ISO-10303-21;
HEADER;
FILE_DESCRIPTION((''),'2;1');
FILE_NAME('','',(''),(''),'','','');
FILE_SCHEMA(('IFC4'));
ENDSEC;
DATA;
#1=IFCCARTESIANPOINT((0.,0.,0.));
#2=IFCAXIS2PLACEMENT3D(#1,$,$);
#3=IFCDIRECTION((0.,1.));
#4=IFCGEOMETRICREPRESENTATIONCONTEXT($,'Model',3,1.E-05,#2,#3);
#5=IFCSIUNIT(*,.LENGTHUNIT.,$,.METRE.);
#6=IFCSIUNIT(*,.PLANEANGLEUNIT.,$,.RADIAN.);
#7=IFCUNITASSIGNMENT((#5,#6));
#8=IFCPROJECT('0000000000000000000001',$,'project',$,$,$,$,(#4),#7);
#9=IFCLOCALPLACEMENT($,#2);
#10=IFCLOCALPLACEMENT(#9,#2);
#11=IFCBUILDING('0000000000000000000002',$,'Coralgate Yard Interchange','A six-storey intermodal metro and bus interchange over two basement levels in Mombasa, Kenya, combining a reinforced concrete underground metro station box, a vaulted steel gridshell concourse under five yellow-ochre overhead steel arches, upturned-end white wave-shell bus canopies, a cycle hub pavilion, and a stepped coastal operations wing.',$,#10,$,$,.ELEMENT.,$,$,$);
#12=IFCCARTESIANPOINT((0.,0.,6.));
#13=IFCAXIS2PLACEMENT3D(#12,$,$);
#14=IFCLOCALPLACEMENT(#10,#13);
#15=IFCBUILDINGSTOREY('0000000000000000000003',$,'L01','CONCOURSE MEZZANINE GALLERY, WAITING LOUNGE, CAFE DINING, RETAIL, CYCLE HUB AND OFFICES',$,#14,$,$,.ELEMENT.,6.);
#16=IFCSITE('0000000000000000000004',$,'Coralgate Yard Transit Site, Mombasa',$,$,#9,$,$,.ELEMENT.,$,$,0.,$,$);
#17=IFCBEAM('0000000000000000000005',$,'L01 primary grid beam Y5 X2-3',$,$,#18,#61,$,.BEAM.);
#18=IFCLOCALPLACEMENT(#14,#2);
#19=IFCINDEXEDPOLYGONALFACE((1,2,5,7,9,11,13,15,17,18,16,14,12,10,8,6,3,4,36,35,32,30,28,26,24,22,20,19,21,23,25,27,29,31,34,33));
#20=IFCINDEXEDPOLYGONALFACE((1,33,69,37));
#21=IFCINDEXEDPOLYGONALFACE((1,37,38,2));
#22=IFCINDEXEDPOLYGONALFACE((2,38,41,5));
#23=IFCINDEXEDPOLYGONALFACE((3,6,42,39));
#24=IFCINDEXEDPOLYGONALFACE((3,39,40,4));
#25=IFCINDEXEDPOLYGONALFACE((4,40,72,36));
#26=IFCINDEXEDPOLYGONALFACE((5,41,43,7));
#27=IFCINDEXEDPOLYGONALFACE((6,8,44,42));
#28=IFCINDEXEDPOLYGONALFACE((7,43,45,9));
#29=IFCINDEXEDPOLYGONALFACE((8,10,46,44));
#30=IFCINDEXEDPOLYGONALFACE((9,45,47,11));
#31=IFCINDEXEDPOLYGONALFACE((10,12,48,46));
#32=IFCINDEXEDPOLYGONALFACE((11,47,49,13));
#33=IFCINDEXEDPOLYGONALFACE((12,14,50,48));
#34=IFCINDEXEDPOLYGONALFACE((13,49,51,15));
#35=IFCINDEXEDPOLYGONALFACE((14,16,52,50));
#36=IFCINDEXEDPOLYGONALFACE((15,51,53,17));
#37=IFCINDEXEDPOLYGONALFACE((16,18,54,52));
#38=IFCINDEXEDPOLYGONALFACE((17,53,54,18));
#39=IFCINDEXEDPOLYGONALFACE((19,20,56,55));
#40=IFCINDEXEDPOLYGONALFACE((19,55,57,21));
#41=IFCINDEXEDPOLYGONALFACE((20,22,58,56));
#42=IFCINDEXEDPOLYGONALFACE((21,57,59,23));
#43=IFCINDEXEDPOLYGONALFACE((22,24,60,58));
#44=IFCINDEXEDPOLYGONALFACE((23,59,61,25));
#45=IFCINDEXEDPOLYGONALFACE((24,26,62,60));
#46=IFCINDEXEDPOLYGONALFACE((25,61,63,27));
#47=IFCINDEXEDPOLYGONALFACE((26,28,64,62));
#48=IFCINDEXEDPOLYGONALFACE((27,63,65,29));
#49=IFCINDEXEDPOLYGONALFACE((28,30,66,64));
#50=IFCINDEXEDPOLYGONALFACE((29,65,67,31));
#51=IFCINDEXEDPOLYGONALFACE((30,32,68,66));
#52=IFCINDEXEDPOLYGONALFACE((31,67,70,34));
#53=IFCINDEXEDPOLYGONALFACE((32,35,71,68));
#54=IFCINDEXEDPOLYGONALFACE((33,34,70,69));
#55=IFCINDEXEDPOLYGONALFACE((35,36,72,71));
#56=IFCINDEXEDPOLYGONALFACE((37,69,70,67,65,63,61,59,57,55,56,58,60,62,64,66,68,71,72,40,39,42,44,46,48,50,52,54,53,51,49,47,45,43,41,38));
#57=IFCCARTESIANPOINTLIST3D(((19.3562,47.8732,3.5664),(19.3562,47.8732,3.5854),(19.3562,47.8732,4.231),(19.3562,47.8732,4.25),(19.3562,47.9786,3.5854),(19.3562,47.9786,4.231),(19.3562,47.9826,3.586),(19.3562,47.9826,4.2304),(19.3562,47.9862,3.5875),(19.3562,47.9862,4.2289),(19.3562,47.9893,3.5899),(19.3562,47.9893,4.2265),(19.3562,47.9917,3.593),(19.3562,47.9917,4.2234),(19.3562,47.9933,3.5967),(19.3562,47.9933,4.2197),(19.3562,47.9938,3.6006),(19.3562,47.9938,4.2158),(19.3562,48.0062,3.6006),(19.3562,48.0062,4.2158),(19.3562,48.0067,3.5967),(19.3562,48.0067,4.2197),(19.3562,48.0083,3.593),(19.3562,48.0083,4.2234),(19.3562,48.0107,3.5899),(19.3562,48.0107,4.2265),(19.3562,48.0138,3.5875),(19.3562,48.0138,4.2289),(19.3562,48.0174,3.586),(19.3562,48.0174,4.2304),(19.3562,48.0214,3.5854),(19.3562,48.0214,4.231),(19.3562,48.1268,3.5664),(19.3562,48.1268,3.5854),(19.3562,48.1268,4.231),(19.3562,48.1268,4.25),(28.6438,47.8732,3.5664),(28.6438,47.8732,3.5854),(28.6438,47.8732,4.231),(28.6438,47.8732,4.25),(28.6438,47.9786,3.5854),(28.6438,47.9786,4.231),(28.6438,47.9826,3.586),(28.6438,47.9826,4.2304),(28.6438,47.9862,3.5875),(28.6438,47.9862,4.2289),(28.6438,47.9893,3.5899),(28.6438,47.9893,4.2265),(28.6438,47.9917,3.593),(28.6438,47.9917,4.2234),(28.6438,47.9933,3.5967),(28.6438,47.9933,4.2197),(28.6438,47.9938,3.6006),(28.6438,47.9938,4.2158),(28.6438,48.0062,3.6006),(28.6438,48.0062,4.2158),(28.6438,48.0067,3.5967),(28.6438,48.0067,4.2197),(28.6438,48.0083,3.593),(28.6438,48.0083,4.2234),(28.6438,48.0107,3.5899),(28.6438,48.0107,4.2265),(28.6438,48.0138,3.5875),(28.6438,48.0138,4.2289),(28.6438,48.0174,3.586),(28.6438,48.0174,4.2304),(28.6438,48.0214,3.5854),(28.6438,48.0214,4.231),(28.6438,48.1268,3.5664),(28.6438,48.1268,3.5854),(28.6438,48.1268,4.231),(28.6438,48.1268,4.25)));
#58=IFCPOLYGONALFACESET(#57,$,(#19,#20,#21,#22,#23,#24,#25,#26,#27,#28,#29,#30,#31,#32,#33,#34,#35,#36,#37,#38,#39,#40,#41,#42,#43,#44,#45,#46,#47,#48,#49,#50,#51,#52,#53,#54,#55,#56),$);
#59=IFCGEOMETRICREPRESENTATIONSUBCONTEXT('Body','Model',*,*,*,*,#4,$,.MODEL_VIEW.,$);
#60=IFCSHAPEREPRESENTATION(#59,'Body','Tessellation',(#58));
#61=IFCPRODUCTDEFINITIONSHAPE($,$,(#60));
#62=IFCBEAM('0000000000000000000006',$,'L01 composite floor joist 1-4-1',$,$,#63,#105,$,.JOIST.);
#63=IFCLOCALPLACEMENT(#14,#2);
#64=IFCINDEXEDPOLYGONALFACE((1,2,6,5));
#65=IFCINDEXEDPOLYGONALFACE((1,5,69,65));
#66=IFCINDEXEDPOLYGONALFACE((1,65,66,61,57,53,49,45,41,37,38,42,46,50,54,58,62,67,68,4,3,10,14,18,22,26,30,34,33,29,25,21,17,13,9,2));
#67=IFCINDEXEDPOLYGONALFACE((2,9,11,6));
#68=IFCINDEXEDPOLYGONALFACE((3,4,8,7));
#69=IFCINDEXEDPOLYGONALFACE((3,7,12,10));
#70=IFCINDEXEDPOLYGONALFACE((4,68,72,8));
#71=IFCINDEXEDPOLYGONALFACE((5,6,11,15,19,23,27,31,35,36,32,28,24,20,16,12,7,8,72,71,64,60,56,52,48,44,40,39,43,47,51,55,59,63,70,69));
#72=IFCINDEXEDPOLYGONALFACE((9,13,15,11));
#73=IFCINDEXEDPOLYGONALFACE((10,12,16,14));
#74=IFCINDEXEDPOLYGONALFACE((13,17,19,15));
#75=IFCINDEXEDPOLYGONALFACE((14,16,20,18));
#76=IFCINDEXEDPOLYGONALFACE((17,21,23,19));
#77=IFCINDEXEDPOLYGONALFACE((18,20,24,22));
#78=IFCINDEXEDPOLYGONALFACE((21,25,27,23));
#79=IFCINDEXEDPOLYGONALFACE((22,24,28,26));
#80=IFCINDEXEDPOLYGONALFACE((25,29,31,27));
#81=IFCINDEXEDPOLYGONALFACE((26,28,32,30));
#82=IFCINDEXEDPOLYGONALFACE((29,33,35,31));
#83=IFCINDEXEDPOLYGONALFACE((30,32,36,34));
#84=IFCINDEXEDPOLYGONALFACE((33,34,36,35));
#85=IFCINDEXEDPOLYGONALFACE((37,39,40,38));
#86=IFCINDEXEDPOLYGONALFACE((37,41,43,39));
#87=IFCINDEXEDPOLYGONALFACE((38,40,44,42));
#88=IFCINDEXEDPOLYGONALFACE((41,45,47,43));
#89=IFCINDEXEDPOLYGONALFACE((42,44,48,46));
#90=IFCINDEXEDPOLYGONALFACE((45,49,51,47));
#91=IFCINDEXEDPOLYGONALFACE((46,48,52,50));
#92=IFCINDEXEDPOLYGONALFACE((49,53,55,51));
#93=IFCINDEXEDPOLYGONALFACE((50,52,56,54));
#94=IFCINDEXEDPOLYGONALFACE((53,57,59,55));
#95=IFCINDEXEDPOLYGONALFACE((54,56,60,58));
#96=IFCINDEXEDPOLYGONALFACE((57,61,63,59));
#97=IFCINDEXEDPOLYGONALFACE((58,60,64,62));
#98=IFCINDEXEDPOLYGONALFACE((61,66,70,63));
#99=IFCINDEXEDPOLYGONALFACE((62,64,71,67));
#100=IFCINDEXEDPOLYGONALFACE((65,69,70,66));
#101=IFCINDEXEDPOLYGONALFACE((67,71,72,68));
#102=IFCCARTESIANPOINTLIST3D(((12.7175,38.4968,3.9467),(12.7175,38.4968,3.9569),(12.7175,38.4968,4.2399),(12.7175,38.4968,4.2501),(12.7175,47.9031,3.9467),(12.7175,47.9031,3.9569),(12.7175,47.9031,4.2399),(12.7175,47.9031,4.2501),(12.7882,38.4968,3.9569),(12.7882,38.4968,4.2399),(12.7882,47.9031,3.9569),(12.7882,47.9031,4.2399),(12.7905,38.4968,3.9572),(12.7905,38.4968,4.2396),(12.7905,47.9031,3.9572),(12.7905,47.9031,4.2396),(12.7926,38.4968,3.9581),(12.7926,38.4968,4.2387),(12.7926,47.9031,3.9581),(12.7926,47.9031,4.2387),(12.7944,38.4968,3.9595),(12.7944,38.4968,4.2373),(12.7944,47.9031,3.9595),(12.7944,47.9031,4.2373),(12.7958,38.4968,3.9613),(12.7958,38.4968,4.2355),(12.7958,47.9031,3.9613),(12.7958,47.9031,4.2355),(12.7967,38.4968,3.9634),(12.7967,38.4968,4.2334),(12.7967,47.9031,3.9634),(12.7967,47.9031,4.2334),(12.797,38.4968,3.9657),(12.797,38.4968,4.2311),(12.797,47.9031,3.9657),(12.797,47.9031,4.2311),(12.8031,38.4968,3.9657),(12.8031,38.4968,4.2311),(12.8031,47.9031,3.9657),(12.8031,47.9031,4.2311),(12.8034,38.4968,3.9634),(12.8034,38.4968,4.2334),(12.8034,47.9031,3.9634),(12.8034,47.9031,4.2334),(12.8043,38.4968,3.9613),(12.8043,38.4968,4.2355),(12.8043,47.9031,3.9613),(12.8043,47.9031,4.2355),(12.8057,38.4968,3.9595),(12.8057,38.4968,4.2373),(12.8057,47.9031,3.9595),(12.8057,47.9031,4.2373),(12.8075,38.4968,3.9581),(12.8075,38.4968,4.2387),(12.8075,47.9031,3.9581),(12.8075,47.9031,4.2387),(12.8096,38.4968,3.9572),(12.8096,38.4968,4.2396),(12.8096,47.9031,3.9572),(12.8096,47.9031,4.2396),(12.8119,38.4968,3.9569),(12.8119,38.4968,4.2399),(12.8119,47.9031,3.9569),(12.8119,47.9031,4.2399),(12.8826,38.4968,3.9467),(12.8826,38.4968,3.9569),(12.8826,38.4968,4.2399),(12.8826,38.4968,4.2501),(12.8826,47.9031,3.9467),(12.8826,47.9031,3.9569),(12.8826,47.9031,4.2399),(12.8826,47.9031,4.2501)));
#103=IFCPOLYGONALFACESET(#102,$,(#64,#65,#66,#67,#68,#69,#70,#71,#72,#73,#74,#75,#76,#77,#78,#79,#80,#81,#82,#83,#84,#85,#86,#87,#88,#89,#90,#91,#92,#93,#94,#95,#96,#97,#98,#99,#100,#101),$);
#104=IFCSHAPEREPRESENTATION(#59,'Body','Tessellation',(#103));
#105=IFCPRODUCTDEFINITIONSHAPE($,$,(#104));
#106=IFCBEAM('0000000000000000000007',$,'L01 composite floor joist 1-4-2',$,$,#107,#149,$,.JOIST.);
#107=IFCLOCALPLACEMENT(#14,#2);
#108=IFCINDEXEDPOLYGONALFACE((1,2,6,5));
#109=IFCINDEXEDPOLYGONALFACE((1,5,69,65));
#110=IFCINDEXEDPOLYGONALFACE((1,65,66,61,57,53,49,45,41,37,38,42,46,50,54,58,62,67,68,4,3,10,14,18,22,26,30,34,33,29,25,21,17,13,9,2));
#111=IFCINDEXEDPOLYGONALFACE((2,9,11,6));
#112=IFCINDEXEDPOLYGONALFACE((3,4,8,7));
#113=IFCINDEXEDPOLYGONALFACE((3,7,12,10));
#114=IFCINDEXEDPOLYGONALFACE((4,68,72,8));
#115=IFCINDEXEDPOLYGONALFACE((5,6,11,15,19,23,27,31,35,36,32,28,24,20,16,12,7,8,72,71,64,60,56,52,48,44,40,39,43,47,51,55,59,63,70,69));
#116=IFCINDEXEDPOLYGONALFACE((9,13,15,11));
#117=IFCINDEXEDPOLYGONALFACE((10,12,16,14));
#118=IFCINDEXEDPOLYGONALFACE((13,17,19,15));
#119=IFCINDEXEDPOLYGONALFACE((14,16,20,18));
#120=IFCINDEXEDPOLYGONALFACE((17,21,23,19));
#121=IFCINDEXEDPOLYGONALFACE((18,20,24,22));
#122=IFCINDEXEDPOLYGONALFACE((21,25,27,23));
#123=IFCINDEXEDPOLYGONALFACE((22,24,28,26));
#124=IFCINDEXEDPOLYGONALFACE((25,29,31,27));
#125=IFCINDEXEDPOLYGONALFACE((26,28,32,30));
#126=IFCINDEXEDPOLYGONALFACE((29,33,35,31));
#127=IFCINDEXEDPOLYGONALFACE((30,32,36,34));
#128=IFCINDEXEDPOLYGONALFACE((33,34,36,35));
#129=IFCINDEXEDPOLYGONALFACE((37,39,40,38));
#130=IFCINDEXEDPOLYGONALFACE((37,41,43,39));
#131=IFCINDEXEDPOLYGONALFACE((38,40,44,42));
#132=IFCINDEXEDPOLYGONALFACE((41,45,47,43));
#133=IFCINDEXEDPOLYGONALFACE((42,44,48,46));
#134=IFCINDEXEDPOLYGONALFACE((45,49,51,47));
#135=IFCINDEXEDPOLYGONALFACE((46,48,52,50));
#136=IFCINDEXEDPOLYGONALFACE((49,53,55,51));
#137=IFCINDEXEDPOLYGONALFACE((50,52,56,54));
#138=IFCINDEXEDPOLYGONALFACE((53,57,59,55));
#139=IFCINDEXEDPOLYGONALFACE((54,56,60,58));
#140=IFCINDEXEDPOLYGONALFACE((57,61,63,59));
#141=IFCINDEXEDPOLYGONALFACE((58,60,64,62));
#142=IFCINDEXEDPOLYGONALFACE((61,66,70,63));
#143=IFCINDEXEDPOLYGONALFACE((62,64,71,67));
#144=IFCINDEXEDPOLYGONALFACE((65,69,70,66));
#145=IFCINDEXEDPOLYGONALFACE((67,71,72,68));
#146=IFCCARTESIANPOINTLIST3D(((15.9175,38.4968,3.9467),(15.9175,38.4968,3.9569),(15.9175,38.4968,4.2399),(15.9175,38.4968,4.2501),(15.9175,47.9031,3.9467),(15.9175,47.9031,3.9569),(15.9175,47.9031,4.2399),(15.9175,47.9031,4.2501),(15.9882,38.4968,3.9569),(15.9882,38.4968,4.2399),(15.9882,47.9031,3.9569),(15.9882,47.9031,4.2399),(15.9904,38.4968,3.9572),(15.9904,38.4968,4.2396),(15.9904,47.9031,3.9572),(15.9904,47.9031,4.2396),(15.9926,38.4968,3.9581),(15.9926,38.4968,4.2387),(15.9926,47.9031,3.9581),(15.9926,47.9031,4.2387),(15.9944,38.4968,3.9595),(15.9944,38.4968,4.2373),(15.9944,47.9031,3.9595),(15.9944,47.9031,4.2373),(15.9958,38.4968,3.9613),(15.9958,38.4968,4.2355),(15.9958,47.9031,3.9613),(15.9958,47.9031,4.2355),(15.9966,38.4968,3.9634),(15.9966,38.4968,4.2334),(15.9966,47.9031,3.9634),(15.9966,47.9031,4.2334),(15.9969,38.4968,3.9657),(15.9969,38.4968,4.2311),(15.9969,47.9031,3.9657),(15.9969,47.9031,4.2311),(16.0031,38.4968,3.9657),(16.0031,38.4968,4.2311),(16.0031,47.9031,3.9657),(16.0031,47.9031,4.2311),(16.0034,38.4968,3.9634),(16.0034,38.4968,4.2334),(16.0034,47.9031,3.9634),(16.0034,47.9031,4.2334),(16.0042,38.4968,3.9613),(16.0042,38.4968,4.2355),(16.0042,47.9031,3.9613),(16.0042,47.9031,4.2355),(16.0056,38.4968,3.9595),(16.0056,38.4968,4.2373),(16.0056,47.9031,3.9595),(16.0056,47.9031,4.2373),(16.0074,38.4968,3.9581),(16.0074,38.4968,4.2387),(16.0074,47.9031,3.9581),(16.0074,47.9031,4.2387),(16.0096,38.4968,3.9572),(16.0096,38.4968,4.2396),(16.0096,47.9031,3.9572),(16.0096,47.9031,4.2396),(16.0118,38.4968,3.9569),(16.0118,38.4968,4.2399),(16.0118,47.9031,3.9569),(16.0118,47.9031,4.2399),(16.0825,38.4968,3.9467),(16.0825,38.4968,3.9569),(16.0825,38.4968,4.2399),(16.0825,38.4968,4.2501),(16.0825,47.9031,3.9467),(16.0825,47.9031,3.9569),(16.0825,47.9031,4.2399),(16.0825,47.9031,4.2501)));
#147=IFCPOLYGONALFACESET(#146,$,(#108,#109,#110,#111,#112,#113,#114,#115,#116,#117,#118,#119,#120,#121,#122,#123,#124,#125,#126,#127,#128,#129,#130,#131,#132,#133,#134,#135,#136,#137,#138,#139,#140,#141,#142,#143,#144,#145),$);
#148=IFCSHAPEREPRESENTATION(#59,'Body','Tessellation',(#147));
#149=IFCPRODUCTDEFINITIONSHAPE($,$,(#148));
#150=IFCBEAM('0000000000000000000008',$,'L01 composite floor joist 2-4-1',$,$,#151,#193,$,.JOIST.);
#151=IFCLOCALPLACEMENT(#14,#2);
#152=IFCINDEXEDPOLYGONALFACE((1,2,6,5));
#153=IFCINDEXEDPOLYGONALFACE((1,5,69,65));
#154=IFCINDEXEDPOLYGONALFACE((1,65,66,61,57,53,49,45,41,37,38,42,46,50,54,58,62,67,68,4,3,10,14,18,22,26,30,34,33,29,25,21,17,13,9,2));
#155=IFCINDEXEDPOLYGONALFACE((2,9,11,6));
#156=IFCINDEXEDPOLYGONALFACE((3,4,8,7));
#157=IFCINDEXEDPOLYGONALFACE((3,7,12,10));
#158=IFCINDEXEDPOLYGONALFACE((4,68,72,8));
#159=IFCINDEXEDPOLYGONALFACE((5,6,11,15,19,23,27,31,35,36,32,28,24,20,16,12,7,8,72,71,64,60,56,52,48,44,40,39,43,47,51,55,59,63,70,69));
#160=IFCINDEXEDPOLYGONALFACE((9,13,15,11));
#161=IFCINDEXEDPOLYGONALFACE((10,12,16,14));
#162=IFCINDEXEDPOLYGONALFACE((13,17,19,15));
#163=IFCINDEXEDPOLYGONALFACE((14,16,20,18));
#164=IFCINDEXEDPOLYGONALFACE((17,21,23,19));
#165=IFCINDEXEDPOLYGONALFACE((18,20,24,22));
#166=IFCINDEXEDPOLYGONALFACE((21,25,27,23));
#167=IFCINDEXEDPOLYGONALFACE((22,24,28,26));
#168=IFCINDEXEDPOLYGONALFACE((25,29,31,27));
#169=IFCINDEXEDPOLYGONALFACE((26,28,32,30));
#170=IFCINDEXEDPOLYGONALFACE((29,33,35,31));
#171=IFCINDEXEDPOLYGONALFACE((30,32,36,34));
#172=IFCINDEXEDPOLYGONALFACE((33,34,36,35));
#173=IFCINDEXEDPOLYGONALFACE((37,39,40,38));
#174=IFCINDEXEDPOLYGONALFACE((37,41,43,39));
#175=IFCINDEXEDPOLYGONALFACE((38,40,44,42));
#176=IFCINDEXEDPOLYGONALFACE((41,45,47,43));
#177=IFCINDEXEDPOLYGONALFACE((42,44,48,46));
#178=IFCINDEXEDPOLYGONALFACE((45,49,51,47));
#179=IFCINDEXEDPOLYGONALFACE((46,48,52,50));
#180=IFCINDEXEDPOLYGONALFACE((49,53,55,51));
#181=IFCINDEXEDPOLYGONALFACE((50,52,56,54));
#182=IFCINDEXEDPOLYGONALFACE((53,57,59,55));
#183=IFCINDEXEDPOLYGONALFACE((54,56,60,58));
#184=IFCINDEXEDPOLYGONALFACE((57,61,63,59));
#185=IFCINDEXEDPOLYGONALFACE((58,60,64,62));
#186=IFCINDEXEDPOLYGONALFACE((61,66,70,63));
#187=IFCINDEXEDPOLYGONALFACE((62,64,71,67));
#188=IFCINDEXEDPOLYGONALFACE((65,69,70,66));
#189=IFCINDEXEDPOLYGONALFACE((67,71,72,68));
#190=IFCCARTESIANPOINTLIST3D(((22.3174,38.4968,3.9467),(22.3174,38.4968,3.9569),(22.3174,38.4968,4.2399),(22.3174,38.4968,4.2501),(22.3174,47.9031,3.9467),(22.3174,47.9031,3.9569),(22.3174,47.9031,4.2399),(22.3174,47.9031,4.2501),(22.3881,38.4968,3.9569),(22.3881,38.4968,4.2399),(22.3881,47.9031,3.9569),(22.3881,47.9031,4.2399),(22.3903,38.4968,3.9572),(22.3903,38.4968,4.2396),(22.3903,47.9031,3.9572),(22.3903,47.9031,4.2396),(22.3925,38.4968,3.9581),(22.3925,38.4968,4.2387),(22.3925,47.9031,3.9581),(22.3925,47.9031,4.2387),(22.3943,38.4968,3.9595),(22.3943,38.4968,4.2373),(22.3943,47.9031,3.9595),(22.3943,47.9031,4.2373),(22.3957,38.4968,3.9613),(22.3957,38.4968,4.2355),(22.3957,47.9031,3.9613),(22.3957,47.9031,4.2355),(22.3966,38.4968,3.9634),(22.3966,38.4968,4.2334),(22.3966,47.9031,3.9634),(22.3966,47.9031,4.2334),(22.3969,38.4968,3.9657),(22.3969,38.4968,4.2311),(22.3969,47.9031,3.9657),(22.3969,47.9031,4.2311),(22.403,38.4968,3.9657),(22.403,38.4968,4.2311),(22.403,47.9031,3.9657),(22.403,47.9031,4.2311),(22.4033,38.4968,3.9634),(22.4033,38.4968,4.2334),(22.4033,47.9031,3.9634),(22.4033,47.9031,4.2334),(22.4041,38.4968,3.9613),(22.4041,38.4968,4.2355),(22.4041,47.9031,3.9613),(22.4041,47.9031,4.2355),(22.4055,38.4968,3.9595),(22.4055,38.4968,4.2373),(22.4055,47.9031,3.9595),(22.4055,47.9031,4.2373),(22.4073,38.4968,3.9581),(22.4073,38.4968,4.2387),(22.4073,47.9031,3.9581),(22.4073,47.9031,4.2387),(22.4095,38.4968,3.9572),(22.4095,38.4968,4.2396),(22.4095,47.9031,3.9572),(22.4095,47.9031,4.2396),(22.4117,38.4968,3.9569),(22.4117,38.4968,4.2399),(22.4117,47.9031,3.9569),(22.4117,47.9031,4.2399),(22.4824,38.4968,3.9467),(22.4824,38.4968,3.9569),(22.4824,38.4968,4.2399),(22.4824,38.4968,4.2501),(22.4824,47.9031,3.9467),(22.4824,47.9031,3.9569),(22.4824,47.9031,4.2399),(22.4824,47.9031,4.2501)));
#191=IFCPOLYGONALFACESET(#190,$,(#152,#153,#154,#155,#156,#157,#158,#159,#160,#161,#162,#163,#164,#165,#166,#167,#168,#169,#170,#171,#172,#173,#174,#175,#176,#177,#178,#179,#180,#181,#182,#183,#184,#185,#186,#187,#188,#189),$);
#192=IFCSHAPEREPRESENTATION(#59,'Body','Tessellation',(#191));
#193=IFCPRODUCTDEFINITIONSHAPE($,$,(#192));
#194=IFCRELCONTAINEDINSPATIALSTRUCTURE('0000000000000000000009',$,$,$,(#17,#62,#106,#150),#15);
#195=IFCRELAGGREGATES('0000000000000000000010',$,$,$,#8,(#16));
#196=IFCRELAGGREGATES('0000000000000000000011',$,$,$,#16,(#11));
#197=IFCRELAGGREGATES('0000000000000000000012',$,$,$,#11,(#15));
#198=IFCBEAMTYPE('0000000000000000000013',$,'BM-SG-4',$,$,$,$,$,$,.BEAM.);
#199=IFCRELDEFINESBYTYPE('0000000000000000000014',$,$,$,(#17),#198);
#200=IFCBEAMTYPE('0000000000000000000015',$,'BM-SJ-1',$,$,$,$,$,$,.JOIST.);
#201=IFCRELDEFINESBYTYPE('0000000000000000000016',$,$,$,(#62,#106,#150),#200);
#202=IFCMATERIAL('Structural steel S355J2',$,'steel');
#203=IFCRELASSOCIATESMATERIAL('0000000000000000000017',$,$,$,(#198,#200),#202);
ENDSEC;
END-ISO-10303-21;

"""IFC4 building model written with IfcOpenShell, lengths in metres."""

from ifc_helpers import new_model, si_unit, direction, frame, origin, origin_2d, place, context, subcontext, project, spatial, i_section, extrude, material, material_profile, profile_set, type_object, element, save


model = new_model("IFC4")

# Units and contexts
model_context = context("Model", 3, precision=1e-05, world=origin(), true_north=direction((0.0, 1.0)))
body_context = subcontext(model_context, "Body", "Model", "MODEL_VIEW")
ifc_project = project(units=[si_unit("LENGTHUNIT", "METRE"), si_unit("PLANEANGLEUNIT", "RADIAN")], contexts=[model_context])

# Site, building, storey
site_placement = place(None, origin())
site = spatial("IfcSite", under=ifc_project, at=site_placement, Name="Coralgate Yard Transit Site, Mombasa", CompositionType="ELEMENT", RefElevation=0.0)
building_placement = place(site_placement, origin())
building = spatial("IfcBuilding", under=site, at=building_placement, Name="Coralgate Yard Interchange", Description="A six-storey intermodal metro and bus interchange over two basement levels in Mombasa, Kenya, combining a reinforced concrete underground metro station box, a vaulted steel gridshell concourse under five yellow-ochre overhead steel arches, upturned-end white wave-shell bus canopies, a cycle hub pavilion, and a stepped coastal operations wing.", CompositionType="ELEMENT")
storey_placement = place(building_placement, frame((0.0, 0.0, 6.0)))
storey = spatial("IfcBuildingStorey", under=building, at=storey_placement, Name="L01", Description="CONCOURSE MEZZANINE GALLERY, WAITING LOUNGE, CAFE DINING, RETAIL, CYCLE HUB AND OFFICES", CompositionType="ELEMENT", Elevation=6.0)

# Shared definitions
ifc_material_1 = material(Name="Structural steel S355J2", Category="steel")

# Beams
ifc_material_profile_1 = material_profile(ifc_material_1, i_section(OverallWidth=0.2537, OverallDepth=0.6836, WebThickness=0.0125, FlangeThickness=0.019, FilletRadius=0.0151, at=origin_2d()), Name="UB 686x254x140")
ifc_profile_set_1 = profile_set([ifc_material_profile_1], Name="Structural steel S355J2")
beam_type_1 = type_object("IfcBeamType", Name="BM-SG-4", PredefinedType="BEAM", material=ifc_profile_set_1)
for number, where, z_axis, x_axis, name in (
    (1, (19.3562, 48.0, 3.9082), (1.0, 0.0, 0.0), (0.0, 1.0, 0.0), "L01 primary grid beam Y5 X2-3"),
):
    element("IfcBeam", number, at=place(storey_placement, frame(where, z_axis=z_axis, x_axis=x_axis)), inside=storey, type_object=beam_type_1, Name=name, PredefinedType="BEAM", context=body_context, shape_type="SweptSolid", body=[
        extrude(i_section(OverallWidth=0.2537, OverallDepth=0.6836, WebThickness=0.0125, FlangeThickness=0.019, FilletRadius=0.0151, at=origin_2d()), origin(), (0.0, 0.0, 1.0), 9.2876),
    ])
ifc_material_profile_2 = material_profile(ifc_material_1, i_section(OverallWidth=0.165, OverallDepth=0.3035, WebThickness=0.0061, FlangeThickness=0.0103, FilletRadius=0.0088, at=origin_2d()), Name="UB 305x165x40")
ifc_profile_set_2 = profile_set([ifc_material_profile_2], Name="Structural steel S355J2")
beam_type_2 = type_object("IfcBeamType", Name="BM-SJ-1", PredefinedType="JOIST", material=ifc_profile_set_2)
for number, where, z_axis, x_axis, name in (
    (2, (12.8, 38.4968, 4.0984), (0.0, 1.0, 0.0), (-1.0, 0.0, 0.0), "L01 composite floor joist 1-4-1"),
    (3, (16.0, 38.4968, 4.0984), (0.0, 1.0, 0.0), (-1.0, 0.0, 0.0), "L01 composite floor joist 1-4-2"),
    (4, (22.3999, 38.4968, 4.0984), (0.0, 1.0, 0.0), (-1.0, 0.0, 0.0), "L01 composite floor joist 2-4-1"),
):
    element("IfcBeam", number, at=place(storey_placement, frame(where, z_axis=z_axis, x_axis=x_axis)), inside=storey, type_object=beam_type_2, Name=name, PredefinedType="JOIST", context=body_context, shape_type="SweptSolid", body=[
        extrude(i_section(OverallWidth=0.165, OverallDepth=0.3035, WebThickness=0.0061, FlangeThickness=0.0103, FilletRadius=0.0088, at=origin_2d()), origin(), (0.0, 0.0, 1.0), 9.4062),
    ])

save(model, "model.ifc")
